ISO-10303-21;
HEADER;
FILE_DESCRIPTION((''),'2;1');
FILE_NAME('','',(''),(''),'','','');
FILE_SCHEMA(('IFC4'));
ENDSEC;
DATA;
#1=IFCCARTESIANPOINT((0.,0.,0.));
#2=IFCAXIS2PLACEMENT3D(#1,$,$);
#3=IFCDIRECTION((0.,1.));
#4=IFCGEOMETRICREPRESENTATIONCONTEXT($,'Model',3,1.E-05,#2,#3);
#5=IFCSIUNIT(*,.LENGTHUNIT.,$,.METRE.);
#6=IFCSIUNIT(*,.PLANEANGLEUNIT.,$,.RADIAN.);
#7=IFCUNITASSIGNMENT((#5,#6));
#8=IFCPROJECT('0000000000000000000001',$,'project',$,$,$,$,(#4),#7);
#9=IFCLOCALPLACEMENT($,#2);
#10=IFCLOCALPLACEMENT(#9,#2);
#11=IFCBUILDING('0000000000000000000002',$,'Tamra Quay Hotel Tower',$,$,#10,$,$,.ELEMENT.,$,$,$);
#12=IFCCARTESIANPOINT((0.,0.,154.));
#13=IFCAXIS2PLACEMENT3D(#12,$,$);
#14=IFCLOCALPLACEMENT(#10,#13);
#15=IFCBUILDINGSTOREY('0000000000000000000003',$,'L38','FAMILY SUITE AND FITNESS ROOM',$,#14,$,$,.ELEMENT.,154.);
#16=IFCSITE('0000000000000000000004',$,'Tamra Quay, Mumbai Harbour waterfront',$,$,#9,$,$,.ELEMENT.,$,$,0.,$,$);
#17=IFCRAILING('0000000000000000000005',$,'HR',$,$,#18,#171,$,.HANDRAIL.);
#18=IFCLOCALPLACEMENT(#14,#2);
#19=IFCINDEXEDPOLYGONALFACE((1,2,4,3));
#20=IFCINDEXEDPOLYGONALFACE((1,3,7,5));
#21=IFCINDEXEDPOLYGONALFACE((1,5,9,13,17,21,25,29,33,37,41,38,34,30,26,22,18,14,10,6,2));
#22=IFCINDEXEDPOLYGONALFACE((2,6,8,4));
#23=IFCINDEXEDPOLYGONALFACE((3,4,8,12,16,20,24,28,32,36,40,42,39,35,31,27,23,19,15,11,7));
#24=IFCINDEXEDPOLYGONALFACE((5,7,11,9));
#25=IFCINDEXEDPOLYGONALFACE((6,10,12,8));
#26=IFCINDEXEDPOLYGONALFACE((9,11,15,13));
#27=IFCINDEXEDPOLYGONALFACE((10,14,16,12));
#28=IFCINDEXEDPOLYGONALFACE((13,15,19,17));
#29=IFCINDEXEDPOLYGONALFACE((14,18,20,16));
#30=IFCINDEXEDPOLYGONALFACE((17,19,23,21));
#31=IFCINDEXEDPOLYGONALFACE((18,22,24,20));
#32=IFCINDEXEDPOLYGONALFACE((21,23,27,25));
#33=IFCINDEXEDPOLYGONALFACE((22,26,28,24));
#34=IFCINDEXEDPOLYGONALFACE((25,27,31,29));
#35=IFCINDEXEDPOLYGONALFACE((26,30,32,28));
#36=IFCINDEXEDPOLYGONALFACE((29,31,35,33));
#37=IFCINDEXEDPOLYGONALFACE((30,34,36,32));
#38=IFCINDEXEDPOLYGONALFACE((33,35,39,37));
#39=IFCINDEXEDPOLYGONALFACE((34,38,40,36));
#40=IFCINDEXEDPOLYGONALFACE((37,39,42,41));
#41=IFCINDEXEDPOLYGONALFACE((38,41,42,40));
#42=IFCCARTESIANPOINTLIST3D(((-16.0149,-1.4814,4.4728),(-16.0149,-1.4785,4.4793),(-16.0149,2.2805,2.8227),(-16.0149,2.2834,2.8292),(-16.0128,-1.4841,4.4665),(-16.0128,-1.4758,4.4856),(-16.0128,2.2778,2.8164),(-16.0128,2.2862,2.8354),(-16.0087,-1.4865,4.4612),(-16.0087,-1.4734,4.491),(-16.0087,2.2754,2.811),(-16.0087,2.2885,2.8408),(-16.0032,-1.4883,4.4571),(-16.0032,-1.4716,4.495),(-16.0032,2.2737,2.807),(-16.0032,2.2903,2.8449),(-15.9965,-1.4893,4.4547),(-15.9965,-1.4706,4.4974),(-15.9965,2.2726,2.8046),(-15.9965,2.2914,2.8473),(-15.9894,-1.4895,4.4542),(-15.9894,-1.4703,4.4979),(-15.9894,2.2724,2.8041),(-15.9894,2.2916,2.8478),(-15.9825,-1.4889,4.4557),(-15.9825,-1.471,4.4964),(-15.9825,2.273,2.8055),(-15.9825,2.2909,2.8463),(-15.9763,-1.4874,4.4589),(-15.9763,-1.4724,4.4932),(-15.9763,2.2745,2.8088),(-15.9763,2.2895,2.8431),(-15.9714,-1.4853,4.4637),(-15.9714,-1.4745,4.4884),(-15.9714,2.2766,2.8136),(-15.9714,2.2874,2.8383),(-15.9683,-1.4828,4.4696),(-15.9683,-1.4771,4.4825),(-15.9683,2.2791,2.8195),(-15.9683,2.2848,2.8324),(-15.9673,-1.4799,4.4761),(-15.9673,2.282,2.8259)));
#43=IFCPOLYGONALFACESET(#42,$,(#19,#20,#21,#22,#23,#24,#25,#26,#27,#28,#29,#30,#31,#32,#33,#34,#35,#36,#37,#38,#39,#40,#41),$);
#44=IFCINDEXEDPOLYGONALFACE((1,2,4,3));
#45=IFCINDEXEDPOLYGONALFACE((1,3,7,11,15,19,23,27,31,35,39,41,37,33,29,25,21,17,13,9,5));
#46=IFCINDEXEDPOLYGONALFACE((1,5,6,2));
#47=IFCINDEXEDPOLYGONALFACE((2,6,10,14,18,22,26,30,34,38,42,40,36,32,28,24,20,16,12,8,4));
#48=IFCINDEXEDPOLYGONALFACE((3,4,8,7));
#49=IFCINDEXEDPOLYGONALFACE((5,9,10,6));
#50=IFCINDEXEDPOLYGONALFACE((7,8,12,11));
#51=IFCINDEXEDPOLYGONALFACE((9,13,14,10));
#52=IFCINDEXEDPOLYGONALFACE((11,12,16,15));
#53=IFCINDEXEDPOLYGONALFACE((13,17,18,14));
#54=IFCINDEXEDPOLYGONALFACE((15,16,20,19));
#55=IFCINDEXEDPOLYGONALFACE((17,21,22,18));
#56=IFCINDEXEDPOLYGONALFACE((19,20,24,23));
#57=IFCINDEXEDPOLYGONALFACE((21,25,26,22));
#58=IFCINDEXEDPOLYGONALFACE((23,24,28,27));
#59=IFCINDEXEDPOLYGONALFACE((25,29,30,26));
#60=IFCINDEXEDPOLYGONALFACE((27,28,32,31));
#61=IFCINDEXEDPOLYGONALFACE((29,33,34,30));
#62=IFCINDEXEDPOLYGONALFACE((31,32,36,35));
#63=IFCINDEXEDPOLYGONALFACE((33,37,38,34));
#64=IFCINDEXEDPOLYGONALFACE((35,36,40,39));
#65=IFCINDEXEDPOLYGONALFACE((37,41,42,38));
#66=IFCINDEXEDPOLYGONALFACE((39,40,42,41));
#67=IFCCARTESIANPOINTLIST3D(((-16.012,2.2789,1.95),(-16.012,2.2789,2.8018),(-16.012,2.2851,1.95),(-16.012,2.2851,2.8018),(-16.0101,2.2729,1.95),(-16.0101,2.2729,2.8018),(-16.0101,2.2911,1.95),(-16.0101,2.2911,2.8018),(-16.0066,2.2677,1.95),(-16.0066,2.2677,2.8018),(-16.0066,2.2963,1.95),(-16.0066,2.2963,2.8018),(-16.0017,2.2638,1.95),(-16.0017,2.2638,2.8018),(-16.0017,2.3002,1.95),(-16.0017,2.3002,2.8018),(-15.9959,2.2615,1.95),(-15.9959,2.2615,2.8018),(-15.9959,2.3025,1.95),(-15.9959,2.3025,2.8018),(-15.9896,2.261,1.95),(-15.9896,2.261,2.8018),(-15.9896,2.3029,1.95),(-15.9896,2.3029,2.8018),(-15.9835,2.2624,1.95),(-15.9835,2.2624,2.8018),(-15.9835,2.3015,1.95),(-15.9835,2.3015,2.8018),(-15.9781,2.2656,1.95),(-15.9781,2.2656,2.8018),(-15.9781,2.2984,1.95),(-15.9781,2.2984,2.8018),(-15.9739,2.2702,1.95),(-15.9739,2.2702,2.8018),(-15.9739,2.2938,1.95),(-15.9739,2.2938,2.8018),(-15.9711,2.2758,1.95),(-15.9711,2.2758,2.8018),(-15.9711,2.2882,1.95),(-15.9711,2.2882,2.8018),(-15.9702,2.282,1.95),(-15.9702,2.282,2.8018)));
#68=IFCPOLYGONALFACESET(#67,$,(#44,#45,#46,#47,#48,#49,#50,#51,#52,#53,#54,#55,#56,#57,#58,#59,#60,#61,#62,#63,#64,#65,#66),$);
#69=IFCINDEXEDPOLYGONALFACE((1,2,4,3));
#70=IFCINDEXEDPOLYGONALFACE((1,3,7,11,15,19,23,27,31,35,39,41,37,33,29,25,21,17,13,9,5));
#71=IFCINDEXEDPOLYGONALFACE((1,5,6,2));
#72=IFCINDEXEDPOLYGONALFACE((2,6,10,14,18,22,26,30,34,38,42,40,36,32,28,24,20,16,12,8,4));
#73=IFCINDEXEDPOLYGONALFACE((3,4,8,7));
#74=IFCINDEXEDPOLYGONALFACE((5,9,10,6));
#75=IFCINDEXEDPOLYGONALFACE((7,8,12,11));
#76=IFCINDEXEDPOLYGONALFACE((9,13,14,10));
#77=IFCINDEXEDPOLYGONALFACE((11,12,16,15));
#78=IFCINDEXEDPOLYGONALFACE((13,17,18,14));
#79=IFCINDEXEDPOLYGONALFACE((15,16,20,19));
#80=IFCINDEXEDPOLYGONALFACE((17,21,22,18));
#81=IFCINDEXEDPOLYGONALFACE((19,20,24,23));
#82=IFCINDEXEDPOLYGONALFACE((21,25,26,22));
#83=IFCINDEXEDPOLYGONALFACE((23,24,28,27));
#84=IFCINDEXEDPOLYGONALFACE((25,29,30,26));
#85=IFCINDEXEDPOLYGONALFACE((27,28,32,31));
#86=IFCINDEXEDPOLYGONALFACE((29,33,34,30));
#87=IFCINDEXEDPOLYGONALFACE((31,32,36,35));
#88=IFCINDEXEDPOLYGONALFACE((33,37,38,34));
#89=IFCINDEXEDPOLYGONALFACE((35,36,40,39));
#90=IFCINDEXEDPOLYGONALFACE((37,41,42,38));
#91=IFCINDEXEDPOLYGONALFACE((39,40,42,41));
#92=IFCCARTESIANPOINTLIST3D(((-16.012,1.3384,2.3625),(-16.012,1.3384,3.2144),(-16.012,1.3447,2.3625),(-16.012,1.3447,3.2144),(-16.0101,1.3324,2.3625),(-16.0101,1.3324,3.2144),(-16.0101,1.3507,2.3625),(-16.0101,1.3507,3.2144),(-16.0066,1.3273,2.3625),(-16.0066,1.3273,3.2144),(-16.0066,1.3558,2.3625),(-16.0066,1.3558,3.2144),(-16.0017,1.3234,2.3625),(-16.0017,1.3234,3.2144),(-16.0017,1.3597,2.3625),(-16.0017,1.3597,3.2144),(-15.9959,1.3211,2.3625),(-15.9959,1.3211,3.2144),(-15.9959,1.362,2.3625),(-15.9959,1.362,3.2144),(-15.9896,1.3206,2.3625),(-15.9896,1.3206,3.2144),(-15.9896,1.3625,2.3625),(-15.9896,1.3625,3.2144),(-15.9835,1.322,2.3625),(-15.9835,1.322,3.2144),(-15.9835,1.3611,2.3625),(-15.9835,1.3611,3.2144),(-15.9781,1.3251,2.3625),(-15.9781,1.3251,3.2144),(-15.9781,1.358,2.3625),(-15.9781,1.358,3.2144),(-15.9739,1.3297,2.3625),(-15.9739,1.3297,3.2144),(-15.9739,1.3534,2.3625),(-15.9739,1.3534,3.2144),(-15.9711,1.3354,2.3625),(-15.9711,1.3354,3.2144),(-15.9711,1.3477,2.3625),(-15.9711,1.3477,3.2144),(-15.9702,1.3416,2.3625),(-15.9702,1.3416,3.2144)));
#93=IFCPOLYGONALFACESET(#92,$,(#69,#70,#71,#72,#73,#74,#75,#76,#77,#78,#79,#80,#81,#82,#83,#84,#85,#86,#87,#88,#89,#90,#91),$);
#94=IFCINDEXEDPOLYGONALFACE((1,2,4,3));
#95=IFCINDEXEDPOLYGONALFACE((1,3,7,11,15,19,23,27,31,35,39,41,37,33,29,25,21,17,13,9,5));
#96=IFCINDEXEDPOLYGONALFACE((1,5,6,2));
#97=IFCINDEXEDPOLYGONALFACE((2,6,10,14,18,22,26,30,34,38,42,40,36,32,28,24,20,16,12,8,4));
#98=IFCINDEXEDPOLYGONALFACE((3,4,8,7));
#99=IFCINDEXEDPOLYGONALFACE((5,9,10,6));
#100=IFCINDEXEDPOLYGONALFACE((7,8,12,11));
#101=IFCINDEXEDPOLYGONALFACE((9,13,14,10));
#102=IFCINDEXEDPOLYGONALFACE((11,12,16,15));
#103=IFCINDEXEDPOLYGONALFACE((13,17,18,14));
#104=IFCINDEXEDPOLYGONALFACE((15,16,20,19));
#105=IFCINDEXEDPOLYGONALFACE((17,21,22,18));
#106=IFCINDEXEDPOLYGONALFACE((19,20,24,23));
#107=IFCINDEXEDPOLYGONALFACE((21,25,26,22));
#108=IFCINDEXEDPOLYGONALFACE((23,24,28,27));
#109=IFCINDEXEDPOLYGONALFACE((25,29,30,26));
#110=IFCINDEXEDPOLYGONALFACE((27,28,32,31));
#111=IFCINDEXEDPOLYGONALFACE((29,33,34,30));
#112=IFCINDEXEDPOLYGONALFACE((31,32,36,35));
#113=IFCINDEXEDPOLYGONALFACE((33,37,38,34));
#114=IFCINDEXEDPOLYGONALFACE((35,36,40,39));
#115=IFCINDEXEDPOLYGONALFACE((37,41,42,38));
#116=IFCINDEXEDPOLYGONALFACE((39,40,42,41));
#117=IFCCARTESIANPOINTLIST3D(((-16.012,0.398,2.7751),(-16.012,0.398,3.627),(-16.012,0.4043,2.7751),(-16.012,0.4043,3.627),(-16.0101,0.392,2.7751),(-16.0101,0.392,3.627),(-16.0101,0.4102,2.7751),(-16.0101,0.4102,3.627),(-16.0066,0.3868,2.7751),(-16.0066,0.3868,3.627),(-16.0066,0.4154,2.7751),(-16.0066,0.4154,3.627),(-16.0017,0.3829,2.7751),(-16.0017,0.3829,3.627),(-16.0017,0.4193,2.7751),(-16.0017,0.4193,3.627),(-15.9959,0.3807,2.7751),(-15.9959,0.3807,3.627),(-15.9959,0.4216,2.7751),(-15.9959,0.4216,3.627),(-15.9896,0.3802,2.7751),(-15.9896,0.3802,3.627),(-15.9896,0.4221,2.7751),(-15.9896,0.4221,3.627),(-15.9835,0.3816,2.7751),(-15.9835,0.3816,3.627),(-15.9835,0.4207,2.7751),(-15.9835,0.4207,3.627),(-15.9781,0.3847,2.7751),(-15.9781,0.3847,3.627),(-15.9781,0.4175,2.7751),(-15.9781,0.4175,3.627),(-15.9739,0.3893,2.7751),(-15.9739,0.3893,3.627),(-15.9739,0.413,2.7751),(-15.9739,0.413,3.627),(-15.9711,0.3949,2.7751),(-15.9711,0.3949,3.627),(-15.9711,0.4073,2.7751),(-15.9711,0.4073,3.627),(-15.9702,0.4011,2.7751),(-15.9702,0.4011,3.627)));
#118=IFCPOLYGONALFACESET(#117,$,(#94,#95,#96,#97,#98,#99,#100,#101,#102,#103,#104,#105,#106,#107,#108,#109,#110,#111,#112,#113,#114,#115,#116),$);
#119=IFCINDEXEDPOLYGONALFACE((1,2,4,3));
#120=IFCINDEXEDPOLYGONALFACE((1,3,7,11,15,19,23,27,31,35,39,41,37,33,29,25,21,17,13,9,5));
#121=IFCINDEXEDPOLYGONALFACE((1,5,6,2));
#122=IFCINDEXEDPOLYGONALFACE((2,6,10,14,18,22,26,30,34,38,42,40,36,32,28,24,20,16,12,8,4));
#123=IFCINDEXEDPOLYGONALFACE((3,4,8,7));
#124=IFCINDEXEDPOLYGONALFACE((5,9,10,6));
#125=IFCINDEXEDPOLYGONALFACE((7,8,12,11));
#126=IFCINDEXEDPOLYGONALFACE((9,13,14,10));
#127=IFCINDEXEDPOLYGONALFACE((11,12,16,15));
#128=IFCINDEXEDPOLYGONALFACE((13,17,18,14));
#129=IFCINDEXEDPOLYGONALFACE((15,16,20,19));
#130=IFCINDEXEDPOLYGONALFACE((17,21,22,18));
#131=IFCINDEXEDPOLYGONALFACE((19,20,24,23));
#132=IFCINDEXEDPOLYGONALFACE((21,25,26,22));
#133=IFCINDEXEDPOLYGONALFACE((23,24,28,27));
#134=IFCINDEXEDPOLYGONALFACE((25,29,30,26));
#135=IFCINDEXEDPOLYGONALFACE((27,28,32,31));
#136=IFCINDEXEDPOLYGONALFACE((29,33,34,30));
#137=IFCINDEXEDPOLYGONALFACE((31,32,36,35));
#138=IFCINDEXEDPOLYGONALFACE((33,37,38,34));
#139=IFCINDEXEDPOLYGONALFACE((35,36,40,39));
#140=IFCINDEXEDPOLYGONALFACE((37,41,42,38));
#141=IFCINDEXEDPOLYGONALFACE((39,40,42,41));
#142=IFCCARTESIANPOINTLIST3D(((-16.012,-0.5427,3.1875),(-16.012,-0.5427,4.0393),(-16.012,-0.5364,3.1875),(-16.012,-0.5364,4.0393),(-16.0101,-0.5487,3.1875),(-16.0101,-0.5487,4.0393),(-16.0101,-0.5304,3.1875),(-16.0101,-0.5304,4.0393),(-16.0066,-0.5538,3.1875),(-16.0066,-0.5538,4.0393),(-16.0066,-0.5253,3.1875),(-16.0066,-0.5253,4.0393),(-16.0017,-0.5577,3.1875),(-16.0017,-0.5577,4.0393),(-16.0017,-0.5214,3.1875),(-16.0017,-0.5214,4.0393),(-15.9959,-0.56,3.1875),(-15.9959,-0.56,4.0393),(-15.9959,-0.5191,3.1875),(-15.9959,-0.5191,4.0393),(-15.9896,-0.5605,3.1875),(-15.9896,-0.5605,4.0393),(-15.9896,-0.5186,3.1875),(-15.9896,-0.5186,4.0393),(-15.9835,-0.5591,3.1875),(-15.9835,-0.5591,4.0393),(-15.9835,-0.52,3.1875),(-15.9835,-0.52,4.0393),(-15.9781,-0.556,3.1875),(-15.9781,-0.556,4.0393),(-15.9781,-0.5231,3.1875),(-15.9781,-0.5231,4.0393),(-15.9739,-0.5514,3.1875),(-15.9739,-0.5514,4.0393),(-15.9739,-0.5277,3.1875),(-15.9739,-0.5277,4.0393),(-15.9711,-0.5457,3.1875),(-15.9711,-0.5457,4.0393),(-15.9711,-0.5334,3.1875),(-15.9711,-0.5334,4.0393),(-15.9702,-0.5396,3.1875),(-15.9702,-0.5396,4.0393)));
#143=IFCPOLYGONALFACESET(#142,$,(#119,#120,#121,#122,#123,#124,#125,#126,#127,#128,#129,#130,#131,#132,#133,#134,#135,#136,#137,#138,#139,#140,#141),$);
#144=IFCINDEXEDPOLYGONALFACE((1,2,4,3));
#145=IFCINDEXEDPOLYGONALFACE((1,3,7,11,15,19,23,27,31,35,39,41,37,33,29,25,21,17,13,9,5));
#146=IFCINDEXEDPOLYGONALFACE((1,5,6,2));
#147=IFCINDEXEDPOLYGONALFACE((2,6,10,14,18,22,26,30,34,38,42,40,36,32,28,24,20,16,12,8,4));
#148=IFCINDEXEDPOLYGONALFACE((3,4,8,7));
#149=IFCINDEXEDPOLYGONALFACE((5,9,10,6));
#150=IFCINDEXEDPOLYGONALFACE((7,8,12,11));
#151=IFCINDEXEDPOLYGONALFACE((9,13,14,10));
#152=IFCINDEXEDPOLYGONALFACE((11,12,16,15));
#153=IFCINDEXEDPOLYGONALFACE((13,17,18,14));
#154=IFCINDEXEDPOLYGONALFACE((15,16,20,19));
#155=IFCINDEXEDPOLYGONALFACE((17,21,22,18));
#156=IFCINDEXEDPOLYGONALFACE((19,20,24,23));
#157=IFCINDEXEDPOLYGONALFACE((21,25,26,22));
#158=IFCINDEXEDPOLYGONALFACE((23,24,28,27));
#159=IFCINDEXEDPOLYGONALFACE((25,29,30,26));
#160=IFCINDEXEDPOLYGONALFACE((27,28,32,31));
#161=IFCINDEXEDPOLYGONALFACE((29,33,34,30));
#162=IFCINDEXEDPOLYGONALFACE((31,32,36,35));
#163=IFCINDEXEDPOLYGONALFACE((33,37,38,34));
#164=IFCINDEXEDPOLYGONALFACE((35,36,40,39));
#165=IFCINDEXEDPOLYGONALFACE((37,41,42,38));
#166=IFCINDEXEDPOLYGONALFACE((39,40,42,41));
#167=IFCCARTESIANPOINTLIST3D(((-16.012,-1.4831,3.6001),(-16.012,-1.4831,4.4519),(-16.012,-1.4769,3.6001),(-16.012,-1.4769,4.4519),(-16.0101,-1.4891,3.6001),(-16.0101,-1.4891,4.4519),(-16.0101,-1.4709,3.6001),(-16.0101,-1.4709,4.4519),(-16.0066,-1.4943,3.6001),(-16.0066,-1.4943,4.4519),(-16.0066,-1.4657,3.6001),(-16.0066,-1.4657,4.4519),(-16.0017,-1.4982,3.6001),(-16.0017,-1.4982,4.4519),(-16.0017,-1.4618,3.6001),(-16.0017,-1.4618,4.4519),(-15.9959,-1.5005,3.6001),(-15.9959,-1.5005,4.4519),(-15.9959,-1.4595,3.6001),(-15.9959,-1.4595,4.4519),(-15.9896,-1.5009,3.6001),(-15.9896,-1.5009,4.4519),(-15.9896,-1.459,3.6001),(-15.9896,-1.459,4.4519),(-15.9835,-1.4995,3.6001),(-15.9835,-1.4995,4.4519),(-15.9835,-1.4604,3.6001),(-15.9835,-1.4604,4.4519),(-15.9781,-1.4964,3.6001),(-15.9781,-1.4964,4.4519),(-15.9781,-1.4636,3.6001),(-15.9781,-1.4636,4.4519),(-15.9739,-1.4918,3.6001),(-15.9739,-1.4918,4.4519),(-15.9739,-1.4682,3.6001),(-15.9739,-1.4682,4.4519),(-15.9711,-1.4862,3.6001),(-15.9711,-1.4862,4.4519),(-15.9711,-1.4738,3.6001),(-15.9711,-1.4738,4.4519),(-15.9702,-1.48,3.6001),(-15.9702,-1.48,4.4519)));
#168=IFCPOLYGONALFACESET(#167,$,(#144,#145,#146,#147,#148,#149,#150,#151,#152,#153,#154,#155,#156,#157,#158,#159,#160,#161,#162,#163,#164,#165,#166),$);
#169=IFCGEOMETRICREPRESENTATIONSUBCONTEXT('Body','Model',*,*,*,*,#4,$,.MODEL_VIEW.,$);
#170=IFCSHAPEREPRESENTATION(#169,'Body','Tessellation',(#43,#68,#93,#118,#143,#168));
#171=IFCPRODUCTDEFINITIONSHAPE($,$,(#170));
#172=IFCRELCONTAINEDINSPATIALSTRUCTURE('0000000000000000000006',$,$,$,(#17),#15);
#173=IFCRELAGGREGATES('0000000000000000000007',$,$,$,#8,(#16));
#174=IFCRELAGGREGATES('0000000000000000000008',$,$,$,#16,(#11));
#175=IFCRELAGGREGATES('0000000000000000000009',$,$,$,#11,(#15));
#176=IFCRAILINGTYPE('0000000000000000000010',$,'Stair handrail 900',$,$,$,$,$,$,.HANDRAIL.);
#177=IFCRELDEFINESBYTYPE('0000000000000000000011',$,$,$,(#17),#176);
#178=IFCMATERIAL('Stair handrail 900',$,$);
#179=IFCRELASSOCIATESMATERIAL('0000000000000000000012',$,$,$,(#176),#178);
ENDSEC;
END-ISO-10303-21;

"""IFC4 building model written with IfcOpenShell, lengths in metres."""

from ifc_helpers import new_model, si_unit, direction, frame, origin, origin_2d, place, context, subcontext, project, spatial, circle, extrude, material, type_object, element, save


model = new_model("IFC4")

# Units and contexts
model_context = context("Model", 3, precision=1e-05, world=origin(), true_north=direction((0.0, 1.0)))
body_context = subcontext(model_context, "Body", "Model", "MODEL_VIEW")
ifc_project = project(units=[si_unit("LENGTHUNIT", "METRE"), si_unit("PLANEANGLEUNIT", "RADIAN")], contexts=[model_context])

# Site, building, storey
site_placement = place(None, origin())
site = spatial("IfcSite", under=ifc_project, at=site_placement, Name="Tamra Quay, Mumbai Harbour waterfront", CompositionType="ELEMENT", RefElevation=0.0)
building_placement = place(site_placement, origin())
building = spatial("IfcBuilding", under=site, at=building_placement, Name="Tamra Quay Hotel Tower", CompositionType="ELEMENT")
storey_placement = place(building_placement, frame((0.0, 0.0, 154.0)))
storey = spatial("IfcBuildingStorey", under=building, at=storey_placement, Name="L38", Description="FAMILY SUITE AND FITNESS ROOM", CompositionType="ELEMENT", Elevation=154.0)

# Railing
ifc_material_1 = material(Name="Stair handrail 900")
railing_type = type_object("IfcRailingType", Name="Stair handrail 900", PredefinedType="HANDRAIL", material=ifc_material_1)
railing_placement = place(storey_placement, frame((-15.9912, 2.282, 1.95)))
element("IfcRailing", 1, at=railing_placement, inside=storey, type_object=railing_type, Name="HR", PredefinedType="HANDRAIL", context=body_context, shape_type="SweptSolid", body=[
    extrude(circle(Radius=0.0239, at=origin_2d()), frame((0.0, 0.0, 0.876), z_axis=(0.0, -0.915774, 0.401695), x_axis=(1.0, 0.0, 0.0)), (0.0, 0.0, 1.0), 4.1079),
    extrude(circle(Radius=0.021, at=origin_2d()), origin(), (0.0, 0.0, 1.0), 0.8518),
    extrude(circle(Radius=0.021, at=origin_2d()), frame((0.0, -0.9404, 0.4126)), (0.0, 0.0, 1.0), 0.8518),
    extrude(circle(Radius=0.021, at=origin_2d()), frame((0.0, -1.8809, 0.8252)), (0.0, 0.0, 1.0), 0.8518),
    extrude(circle(Radius=0.021, at=origin_2d()), frame((0.0, -2.8215, 1.2375)), (0.0, 0.0, 1.0), 0.8518),
    extrude(circle(Radius=0.021, at=origin_2d()), frame((0.0, -3.762, 1.6501)), (0.0, 0.0, 1.0), 0.8518),
])

save(model, "model.ifc")
